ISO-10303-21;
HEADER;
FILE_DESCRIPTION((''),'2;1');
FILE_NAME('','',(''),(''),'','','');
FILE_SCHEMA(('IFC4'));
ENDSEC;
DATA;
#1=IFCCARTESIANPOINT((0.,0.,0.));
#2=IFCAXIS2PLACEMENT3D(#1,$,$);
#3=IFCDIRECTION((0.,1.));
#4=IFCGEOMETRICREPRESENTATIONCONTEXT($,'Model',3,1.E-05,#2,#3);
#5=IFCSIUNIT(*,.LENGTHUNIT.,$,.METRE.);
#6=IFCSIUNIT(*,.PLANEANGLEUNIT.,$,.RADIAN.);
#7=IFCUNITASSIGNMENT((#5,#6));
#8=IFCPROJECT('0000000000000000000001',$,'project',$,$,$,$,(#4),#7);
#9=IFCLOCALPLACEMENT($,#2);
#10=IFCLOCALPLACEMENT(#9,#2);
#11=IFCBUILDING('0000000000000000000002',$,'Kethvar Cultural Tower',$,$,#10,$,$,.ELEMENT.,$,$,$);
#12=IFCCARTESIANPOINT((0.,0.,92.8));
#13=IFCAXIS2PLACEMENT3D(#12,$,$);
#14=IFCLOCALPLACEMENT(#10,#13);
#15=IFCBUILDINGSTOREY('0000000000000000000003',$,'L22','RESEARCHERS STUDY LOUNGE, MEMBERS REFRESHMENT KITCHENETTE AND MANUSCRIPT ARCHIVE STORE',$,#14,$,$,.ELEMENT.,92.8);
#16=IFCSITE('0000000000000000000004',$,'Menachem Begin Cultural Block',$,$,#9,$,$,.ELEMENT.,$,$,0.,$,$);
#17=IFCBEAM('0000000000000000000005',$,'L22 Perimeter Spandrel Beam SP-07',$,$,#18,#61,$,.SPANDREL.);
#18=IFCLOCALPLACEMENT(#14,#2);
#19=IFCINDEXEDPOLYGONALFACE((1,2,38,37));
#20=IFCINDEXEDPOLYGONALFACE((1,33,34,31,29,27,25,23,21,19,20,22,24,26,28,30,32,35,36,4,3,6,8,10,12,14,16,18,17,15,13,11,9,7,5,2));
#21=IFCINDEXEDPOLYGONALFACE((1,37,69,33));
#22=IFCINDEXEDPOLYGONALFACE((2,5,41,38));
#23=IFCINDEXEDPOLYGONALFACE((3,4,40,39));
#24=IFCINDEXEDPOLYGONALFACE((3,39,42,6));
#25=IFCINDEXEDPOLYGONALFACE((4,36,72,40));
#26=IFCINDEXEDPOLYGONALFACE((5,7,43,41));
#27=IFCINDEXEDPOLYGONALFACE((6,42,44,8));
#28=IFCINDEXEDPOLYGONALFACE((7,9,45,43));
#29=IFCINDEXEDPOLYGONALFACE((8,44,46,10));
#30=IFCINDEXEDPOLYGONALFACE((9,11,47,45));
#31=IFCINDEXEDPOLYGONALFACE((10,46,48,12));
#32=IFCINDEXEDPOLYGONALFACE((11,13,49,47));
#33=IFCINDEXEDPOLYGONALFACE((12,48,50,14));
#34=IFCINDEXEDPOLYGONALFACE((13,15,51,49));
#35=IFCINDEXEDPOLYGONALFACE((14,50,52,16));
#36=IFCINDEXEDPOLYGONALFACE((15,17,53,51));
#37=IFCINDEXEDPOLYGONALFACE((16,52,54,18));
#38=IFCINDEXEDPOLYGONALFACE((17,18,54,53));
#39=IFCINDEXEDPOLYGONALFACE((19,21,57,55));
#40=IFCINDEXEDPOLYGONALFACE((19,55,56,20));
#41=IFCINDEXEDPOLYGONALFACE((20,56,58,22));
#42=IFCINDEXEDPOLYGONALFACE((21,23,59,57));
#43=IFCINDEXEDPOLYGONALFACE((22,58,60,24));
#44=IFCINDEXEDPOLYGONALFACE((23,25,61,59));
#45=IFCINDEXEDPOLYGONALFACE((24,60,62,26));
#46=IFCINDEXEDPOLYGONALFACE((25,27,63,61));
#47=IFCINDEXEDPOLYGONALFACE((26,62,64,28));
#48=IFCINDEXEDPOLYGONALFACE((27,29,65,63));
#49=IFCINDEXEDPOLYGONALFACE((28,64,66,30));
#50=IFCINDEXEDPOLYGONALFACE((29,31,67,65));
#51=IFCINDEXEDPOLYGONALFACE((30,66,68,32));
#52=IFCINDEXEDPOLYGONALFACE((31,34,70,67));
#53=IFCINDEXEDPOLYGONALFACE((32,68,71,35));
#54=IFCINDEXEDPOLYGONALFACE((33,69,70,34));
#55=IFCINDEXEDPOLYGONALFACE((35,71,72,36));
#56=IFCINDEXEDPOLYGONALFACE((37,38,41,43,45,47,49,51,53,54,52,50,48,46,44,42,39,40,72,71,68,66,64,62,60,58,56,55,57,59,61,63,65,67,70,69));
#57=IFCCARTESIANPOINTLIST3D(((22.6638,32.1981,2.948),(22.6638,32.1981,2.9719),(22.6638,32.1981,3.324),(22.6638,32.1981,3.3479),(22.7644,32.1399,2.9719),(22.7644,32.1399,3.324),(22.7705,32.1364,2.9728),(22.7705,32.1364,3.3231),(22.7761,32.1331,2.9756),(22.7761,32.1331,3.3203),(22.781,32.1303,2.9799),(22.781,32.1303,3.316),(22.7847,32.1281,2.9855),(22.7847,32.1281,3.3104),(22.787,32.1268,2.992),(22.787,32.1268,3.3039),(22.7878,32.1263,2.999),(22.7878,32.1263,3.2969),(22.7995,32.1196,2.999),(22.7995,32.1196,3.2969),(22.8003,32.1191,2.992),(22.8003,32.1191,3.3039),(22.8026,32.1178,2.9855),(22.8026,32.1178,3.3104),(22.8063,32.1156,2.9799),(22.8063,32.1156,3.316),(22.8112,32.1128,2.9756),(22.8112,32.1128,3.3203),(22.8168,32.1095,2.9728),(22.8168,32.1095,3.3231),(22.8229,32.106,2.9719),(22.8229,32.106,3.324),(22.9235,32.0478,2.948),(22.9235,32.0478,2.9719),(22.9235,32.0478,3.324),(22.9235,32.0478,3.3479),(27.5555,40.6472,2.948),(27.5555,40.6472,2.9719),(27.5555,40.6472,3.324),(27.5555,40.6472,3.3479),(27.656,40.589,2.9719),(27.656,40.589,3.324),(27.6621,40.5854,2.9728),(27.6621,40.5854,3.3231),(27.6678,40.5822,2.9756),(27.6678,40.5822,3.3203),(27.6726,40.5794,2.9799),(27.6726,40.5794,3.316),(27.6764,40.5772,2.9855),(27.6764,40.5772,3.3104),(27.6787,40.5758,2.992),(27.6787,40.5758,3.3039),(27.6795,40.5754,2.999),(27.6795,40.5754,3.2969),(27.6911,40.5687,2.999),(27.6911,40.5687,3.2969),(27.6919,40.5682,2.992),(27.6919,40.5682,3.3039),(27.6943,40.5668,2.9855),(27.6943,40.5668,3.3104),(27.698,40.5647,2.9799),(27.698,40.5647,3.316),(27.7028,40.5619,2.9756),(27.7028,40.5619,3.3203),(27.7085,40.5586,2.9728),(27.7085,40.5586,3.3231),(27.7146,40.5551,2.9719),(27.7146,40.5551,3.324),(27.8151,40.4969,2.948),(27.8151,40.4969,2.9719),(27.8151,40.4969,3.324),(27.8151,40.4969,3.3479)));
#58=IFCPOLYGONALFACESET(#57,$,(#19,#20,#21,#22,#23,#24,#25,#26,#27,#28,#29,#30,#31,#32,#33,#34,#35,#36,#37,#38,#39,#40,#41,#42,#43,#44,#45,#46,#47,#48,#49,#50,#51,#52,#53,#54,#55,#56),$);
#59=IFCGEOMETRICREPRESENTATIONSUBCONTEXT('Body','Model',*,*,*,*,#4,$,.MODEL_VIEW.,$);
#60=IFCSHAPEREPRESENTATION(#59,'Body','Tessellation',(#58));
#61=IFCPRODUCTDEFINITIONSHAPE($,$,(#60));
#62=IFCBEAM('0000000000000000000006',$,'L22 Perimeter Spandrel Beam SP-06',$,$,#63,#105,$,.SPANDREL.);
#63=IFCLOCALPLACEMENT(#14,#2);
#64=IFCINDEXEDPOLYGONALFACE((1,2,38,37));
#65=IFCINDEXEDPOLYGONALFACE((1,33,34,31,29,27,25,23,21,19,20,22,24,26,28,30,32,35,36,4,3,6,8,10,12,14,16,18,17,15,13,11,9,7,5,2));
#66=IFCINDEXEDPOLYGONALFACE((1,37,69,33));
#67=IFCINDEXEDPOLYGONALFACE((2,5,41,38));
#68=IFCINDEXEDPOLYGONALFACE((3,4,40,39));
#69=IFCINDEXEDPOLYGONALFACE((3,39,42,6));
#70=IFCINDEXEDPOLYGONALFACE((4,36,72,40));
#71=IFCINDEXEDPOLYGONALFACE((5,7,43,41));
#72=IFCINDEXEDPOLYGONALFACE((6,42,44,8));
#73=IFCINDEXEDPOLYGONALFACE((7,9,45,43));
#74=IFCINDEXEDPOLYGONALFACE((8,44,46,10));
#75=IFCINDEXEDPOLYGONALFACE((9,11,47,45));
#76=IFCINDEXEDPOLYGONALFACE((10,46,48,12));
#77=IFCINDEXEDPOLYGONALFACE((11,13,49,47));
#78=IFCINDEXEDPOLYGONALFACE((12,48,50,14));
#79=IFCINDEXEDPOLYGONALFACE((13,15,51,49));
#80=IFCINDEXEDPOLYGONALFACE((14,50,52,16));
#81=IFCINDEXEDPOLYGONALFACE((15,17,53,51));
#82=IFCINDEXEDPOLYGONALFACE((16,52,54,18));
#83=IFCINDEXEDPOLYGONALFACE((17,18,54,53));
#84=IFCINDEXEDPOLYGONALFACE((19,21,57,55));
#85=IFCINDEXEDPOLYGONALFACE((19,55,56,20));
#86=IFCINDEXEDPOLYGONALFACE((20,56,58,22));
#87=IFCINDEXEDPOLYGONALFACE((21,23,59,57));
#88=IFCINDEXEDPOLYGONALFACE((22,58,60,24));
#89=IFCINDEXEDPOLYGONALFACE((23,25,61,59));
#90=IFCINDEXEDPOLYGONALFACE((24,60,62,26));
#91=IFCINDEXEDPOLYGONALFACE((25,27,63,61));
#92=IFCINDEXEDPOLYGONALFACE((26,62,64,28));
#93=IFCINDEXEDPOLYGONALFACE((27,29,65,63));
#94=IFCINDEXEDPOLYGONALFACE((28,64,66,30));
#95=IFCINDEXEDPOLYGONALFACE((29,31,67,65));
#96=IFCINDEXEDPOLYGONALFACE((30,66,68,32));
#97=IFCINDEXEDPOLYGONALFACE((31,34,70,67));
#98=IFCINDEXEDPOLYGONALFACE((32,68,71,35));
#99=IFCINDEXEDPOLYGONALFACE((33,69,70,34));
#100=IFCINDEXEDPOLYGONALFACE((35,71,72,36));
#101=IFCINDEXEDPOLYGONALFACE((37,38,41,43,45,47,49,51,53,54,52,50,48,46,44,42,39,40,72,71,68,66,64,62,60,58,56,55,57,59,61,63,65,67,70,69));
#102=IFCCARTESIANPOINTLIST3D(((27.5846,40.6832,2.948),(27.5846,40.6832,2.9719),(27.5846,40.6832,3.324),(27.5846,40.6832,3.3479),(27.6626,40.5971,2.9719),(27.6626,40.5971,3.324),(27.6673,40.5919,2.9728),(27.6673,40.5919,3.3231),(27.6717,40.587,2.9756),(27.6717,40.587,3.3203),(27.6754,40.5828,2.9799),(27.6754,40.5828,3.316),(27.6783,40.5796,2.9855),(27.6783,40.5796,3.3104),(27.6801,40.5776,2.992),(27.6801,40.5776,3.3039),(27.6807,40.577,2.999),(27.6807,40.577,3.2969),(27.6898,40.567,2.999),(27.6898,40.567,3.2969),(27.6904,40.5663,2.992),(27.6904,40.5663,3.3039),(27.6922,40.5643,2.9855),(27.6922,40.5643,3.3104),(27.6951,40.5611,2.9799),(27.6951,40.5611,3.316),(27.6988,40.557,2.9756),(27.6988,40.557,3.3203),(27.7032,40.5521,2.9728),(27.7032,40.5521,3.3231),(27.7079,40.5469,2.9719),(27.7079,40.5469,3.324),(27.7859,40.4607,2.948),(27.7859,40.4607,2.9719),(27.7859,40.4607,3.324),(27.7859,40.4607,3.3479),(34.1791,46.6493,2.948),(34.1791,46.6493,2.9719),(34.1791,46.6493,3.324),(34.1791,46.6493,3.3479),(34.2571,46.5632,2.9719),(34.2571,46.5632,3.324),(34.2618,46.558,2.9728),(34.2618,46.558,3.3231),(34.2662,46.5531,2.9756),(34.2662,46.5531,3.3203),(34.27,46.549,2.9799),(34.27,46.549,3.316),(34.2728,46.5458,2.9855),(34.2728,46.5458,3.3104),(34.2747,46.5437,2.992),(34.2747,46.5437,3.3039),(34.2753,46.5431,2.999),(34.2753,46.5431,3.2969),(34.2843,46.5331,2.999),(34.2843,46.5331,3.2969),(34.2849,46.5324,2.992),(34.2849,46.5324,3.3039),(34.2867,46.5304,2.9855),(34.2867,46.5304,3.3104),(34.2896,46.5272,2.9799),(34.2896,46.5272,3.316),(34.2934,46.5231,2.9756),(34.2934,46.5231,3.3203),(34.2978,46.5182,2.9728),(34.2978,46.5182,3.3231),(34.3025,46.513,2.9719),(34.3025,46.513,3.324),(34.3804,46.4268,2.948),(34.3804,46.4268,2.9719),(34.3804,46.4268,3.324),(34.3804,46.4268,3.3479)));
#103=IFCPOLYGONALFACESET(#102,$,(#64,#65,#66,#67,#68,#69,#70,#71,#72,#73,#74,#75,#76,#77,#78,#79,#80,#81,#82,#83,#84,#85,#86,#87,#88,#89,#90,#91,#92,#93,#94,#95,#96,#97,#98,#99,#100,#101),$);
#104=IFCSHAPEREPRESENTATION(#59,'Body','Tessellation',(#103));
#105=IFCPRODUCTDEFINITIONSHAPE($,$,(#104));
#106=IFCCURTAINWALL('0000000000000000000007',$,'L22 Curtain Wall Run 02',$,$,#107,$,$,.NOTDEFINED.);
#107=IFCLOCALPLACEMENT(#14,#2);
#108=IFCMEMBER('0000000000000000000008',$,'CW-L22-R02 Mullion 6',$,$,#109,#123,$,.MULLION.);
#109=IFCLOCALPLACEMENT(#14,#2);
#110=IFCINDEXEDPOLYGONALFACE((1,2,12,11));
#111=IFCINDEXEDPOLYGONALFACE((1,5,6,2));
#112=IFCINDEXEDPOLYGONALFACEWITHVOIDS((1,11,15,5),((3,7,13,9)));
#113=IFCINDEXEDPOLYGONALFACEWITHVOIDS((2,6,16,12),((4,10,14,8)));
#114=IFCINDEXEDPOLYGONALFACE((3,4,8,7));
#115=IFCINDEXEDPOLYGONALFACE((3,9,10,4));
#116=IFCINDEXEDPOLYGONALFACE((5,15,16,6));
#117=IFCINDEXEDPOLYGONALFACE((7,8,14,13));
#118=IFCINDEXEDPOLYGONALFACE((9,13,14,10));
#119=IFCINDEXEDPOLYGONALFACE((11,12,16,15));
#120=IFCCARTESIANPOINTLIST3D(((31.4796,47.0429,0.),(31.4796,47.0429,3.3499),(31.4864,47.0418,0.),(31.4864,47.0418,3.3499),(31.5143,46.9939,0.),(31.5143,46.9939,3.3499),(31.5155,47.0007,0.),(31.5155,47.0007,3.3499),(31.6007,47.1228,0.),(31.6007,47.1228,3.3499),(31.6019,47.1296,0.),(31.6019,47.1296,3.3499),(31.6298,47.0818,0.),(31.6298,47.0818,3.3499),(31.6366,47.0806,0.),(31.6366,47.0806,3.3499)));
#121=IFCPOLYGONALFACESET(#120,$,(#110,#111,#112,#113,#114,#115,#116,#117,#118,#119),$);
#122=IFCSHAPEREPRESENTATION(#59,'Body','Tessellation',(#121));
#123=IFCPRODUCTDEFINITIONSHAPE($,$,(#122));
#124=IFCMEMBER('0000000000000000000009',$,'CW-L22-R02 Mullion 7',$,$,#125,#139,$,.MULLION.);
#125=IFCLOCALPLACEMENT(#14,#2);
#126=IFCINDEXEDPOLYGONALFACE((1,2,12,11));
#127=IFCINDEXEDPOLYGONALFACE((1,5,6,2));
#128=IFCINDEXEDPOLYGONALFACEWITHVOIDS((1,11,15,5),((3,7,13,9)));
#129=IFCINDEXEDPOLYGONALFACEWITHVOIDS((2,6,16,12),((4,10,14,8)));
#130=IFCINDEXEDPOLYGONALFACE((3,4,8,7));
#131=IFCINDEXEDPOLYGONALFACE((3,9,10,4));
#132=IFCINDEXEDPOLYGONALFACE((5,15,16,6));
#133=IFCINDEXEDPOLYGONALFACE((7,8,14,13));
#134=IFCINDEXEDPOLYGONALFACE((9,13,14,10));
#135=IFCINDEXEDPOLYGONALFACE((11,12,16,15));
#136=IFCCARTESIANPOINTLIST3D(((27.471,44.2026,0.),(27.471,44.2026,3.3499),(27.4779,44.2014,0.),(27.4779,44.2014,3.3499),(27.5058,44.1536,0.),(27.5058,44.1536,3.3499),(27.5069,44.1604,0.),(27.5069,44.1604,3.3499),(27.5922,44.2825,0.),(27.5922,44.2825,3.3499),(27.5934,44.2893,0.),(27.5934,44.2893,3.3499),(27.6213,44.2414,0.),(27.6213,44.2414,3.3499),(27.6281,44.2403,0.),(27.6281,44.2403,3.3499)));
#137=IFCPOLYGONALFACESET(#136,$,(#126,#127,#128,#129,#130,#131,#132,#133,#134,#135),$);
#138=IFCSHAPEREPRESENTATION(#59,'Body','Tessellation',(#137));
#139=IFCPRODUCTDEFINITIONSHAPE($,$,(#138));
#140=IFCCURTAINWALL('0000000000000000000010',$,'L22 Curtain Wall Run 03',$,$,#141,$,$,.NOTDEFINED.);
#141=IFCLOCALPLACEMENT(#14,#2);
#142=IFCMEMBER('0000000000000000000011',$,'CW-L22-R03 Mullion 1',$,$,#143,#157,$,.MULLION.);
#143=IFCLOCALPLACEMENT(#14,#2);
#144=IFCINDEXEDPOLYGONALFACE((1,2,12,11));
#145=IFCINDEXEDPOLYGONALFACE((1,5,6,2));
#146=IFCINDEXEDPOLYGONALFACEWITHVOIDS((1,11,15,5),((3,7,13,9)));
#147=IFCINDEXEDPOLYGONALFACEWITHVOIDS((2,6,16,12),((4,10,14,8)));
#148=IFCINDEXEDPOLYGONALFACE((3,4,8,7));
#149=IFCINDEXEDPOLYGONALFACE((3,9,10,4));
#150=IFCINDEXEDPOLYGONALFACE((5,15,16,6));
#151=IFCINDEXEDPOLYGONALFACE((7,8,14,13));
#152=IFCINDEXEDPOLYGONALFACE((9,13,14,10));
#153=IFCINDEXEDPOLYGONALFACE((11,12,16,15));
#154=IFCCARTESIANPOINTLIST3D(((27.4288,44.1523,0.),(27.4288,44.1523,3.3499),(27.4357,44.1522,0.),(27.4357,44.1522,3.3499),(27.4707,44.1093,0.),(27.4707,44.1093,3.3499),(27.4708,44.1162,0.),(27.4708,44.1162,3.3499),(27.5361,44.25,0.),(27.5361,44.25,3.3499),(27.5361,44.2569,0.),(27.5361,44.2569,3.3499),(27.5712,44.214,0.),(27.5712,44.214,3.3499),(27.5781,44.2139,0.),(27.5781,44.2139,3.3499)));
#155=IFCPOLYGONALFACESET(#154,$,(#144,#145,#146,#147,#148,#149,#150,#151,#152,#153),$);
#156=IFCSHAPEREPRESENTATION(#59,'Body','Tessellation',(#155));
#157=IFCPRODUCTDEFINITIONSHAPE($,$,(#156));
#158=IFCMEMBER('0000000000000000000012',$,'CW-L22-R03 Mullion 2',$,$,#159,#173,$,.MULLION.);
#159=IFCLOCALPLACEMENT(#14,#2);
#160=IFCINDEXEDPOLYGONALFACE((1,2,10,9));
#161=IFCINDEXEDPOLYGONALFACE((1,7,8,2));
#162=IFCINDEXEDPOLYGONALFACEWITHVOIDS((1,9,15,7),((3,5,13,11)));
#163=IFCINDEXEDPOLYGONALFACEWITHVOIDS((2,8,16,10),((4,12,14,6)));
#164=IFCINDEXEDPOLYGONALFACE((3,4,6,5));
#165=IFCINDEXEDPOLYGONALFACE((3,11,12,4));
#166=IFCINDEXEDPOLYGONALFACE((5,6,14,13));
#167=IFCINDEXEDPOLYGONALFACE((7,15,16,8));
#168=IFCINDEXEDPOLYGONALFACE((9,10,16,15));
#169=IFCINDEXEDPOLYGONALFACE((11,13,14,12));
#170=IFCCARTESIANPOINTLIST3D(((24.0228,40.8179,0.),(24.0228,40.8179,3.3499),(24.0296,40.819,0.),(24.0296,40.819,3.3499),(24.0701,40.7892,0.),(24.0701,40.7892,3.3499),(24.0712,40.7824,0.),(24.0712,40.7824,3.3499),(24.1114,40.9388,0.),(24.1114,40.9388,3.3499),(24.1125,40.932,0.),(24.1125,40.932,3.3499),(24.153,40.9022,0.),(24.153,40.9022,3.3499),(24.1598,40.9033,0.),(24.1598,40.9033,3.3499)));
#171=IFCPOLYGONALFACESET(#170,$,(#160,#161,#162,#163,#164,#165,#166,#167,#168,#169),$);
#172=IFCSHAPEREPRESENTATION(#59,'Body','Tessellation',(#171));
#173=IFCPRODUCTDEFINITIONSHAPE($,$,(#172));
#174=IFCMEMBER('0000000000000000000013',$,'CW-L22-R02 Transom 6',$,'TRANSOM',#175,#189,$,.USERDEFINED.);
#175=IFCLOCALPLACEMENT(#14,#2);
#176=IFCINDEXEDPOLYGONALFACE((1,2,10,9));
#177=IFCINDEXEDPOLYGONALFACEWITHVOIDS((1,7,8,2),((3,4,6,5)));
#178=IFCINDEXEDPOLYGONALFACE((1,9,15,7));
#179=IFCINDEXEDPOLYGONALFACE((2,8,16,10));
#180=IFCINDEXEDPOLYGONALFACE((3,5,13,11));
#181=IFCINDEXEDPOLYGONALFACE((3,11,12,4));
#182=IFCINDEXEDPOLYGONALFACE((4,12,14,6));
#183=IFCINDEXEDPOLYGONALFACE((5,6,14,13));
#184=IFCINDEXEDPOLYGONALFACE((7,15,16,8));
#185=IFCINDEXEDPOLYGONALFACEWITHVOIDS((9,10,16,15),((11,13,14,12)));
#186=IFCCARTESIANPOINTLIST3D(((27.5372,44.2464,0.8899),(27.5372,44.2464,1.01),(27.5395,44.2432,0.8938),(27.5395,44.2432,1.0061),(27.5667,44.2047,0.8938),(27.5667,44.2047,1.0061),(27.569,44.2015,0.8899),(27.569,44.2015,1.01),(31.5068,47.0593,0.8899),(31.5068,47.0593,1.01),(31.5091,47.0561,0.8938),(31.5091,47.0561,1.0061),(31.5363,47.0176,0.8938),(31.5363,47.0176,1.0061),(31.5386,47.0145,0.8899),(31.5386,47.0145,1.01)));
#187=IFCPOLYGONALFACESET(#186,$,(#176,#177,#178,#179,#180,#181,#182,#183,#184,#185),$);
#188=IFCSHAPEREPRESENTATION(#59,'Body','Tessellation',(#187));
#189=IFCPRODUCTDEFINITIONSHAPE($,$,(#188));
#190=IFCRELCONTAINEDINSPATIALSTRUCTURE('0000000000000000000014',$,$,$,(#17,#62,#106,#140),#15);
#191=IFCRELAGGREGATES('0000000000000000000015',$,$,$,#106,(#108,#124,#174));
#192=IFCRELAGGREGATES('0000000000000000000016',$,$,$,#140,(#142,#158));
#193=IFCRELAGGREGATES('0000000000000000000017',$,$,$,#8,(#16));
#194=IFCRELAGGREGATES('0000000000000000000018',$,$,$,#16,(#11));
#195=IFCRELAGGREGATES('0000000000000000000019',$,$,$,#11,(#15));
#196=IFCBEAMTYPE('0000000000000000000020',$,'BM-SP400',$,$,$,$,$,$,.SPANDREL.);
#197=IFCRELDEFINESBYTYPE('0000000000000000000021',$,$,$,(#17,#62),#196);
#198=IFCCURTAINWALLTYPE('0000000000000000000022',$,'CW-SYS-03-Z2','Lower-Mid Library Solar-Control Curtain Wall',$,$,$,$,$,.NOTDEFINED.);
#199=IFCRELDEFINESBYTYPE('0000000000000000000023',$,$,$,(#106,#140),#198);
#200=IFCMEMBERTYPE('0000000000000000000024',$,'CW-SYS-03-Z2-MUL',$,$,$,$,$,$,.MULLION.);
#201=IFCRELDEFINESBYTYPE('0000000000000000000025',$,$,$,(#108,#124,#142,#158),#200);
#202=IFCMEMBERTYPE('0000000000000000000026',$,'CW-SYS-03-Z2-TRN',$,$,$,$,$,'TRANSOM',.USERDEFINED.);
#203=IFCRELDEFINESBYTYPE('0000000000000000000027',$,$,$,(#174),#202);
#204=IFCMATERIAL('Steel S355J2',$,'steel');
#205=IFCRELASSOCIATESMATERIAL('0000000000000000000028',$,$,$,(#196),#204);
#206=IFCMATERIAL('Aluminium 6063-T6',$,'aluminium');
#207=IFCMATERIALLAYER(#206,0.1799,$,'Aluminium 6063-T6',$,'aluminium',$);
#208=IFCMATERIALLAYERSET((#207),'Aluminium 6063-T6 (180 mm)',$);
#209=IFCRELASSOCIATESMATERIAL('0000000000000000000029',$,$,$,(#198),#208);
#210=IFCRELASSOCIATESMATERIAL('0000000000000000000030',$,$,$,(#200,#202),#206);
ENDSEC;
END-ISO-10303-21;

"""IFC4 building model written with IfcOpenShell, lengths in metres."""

from ifc_helpers import new_model, si_unit, direction, frame, origin, origin_2d, place, context, subcontext, project, spatial, hollow_rectangle, i_section, extrude, source, transform, mapped, material, layer, layer_set, material_profile, profile_set, type_object, element, aggregate, save


model = new_model("IFC4")

# Units and contexts
model_context = context("Model", 3, precision=1e-05, world=origin(), true_north=direction((0.0, 1.0)))
body_context = subcontext(model_context, "Body", "Model", "MODEL_VIEW")
ifc_project = project(units=[si_unit("LENGTHUNIT", "METRE"), si_unit("PLANEANGLEUNIT", "RADIAN")], contexts=[model_context])

# Site, building, storey
site_placement = place(None, origin())
site = spatial("IfcSite", under=ifc_project, at=site_placement, Name="Menachem Begin Cultural Block", CompositionType="ELEMENT", RefElevation=0.0)
building_placement = place(site_placement, origin())
building = spatial("IfcBuilding", under=site, at=building_placement, Name="Kethvar Cultural Tower", CompositionType="ELEMENT")
storey_placement = place(building_placement, frame((0.0, 0.0, 92.8)))
storey = spatial("IfcBuildingStorey", under=building, at=storey_placement, Name="L22", Description="RESEARCHERS STUDY LOUNGE, MEMBERS REFRESHMENT KITCHENETTE AND MANUSCRIPT ARCHIVE STORE", CompositionType="ELEMENT", Elevation=92.8)

# Beams
ifc_material_1 = material(Name="Steel S355J2", Category="steel")
ifc_material_profile_1 = material_profile(ifc_material_1, i_section(OverallWidth=0.3, OverallDepth=0.3999, WebThickness=0.0134, FlangeThickness=0.0239, FilletRadius=0.0271, at=origin_2d()), Name="Steel S355J2 — HEB400")
ifc_profile_set_1 = profile_set([ifc_material_profile_1], Name="Steel S355J2 — HEB400")
beam_type_1 = type_object("IfcBeamType", Name="BM-SP400", PredefinedType="SPANDREL", material=ifc_profile_set_1)
shared_shape_1 = source(origin(), body_context, "Body", "SweptSolid", [
    extrude(i_section(OverallWidth=0.3, OverallDepth=0.3999, WebThickness=0.0134, FlangeThickness=0.0239, FilletRadius=0.0271, at=origin_2d()), origin(), (0.0, 0.0, 1.0), 9.7629),
])
beam_1_placement = place(storey_placement, frame((27.6853, 40.572, 3.1479), z_axis=(-0.501043, -0.865422, 0.0), x_axis=(0.865422, -0.501043, 0.0)))
element("IfcBeam", 1, at=beam_1_placement, inside=storey, type_object=beam_type_1, Name="L22 Perimeter Spandrel Beam SP-07", PredefinedType="SPANDREL", context=body_context, shape_type="MappedRepresentation", body=[
    mapped(shared_shape_1, transform((0.0, 0.0, 0.0), scale=1.0)),
])
shared_shape_2 = source(origin(), body_context, "Body", "SweptSolid", [
    extrude(i_section(OverallWidth=0.3, OverallDepth=0.3999, WebThickness=0.0134, FlangeThickness=0.0239, FilletRadius=0.0271, at=origin_2d()), origin(), (0.0, 0.0, 1.0), 8.8928),
])
beam_2_placement = place(storey_placement, frame((34.2798, 46.5381, 3.1479), z_axis=(-0.741557, -0.67089, 0.0), x_axis=(0.67089, -0.741557, 0.0)))
element("IfcBeam", 2, at=beam_2_placement, inside=storey, type_object=beam_type_1, Name="L22 Perimeter Spandrel Beam SP-06", PredefinedType="SPANDREL", context=body_context, shape_type="MappedRepresentation", body=[
    mapped(shared_shape_2, transform((0.0, 0.0, 0.0), scale=1.0)),
])

# Curtain walls, members
ifc_material_2 = material(Name="Aluminium 6063-T6", Category="aluminium")
ifc_layer_1 = layer(ifc_material_2, 0.1799, Name="Aluminium 6063-T6", Category="aluminium")
ifc_layer_set_1 = layer_set([ifc_layer_1], Name="Aluminium 6063-T6 (180 mm)")
curtain_wall_type = type_object("IfcCurtainWallType", Name="CW-SYS-03-Z2", Description="Lower-Mid Library Solar-Control Curtain Wall", PredefinedType="NOTDEFINED", material=ifc_layer_set_1)
curtain_wall_1_placement = place(storey_placement, origin())
curtain_wall_1 = element("IfcCurtainWall", 3, at=curtain_wall_1_placement, inside=storey, type_object=curtain_wall_type, Name="L22 Curtain Wall Run 02", PredefinedType="NOTDEFINED")
ifc_material_profile_2 = material_profile(ifc_material_2, hollow_rectangle(XDim=0.0601, YDim=0.1499, WallThickness=0.0049, at=origin_2d()), Name="Aluminium 6063-T6 — RHS150x60x5")
ifc_profile_set_2 = profile_set([ifc_material_profile_2], Name="Aluminium 6063-T6 — RHS150x60x5")
member_type_1 = type_object("IfcMemberType", Name="CW-SYS-03-Z2-MUL", PredefinedType="MULLION", material=ifc_profile_set_2)
shared_shape_3 = source(origin(), body_context, "Body", "SweptSolid", [
    extrude(hollow_rectangle(XDim=0.0601, YDim=0.1499, WallThickness=0.0049, at=origin_2d()), origin(), (0.0, 0.0, 1.0), 3.3499),
])
member_1_placement = place(storey_placement, frame((31.5581, 47.0618, 0.0), z_axis=(0.0, 0.0, 1.0), x_axis=(0.578142, -0.815936, 0.0)))
member_1 = element("IfcMember", 4, at=member_1_placement, type_object=member_type_1, Name="CW-L22-R02 Mullion 6", PredefinedType="MULLION", context=body_context, shape_type="MappedRepresentation", body=[
    mapped(shared_shape_3, transform((0.0, 0.0, 0.0), scale=1.0)),
])
member_2_placement = place(storey_placement, frame((27.5496, 44.2214, 0.0), z_axis=(0.0, 0.0, 1.0), x_axis=(0.578142, -0.815936, 0.0)))
member_2 = element("IfcMember", 5, at=member_2_placement, type_object=member_type_1, Name="CW-L22-R02 Mullion 7", PredefinedType="MULLION", context=body_context, shape_type="MappedRepresentation", body=[
    mapped(shared_shape_3, transform((0.0, 0.0, 0.0), scale=1.0)),
])
curtain_wall_2_placement = place(storey_placement, origin())
curtain_wall_2 = element("IfcCurtainWall", 6, at=curtain_wall_2_placement, inside=storey, type_object=curtain_wall_type, Name="L22 Curtain Wall Run 03", PredefinedType="NOTDEFINED")
member_3_placement = place(storey_placement, frame((27.5034, 44.1831, 0.0), z_axis=(0.0, 0.0, 1.0), x_axis=(0.697865, -0.716229, 0.0)))
member_3 = element("IfcMember", 7, at=member_3_placement, type_object=member_type_1, Name="CW-L22-R03 Mullion 1", PredefinedType="MULLION", context=body_context, shape_type="MappedRepresentation", body=[
    mapped(shared_shape_3, transform((0.0, 0.0, 0.0), scale=1.0)),
])
member_4_placement = place(storey_placement, frame((24.0913, 40.8606, 0.0), z_axis=(0.0, 0.0, 1.0), x_axis=(0.806383, -0.591394, 0.0)))
member_4 = element("IfcMember", 8, at=member_4_placement, type_object=member_type_1, Name="CW-L22-R03 Mullion 2", PredefinedType="MULLION", context=body_context, shape_type="MappedRepresentation", body=[
    mapped(shared_shape_3, transform((0.0, 0.0, 0.0), scale=1.0)),
])

# Member
ifc_material_profile_3 = material_profile(ifc_material_2, hollow_rectangle(XDim=0.0549, YDim=0.1201, WallThickness=0.0039, at=origin_2d()), Name="Aluminium 6063-T6 — RHS120x55x4")
ifc_profile_set_3 = profile_set([ifc_material_profile_3], Name="Aluminium 6063-T6 — RHS120x55x4")
member_type_2 = type_object("IfcMemberType", Name="CW-SYS-03-Z2-TRN", ElementType="TRANSOM", PredefinedType="USERDEFINED", material=ifc_profile_set_3)
shared_shape_4 = source(origin(), body_context, "Body", "SweptSolid", [
    extrude(hollow_rectangle(XDim=0.0549, YDim=0.1201, WallThickness=0.0039, at=origin_2d()), origin(), (0.0, 0.0, 1.0), 4.8652),
])
member_5_placement = place(storey_placement, frame((31.5227, 47.0369, 0.95), z_axis=(-0.815918, -0.578168, 0.0), x_axis=(0.578168, -0.815918, 0.0)))
member_5 = element("IfcMember", 9, at=member_5_placement, type_object=member_type_2, Name="CW-L22-R02 Transom 6", ObjectType="TRANSOM", PredefinedType="USERDEFINED", context=body_context, shape_type="MappedRepresentation", body=[
    mapped(shared_shape_4, transform((0.0, 0.0, 0.0), scale=1.0)),
])

aggregate(curtain_wall_1, [member_1, member_2, member_5])
aggregate(curtain_wall_2, [member_3, member_4])

save(model, "model.ifc")
